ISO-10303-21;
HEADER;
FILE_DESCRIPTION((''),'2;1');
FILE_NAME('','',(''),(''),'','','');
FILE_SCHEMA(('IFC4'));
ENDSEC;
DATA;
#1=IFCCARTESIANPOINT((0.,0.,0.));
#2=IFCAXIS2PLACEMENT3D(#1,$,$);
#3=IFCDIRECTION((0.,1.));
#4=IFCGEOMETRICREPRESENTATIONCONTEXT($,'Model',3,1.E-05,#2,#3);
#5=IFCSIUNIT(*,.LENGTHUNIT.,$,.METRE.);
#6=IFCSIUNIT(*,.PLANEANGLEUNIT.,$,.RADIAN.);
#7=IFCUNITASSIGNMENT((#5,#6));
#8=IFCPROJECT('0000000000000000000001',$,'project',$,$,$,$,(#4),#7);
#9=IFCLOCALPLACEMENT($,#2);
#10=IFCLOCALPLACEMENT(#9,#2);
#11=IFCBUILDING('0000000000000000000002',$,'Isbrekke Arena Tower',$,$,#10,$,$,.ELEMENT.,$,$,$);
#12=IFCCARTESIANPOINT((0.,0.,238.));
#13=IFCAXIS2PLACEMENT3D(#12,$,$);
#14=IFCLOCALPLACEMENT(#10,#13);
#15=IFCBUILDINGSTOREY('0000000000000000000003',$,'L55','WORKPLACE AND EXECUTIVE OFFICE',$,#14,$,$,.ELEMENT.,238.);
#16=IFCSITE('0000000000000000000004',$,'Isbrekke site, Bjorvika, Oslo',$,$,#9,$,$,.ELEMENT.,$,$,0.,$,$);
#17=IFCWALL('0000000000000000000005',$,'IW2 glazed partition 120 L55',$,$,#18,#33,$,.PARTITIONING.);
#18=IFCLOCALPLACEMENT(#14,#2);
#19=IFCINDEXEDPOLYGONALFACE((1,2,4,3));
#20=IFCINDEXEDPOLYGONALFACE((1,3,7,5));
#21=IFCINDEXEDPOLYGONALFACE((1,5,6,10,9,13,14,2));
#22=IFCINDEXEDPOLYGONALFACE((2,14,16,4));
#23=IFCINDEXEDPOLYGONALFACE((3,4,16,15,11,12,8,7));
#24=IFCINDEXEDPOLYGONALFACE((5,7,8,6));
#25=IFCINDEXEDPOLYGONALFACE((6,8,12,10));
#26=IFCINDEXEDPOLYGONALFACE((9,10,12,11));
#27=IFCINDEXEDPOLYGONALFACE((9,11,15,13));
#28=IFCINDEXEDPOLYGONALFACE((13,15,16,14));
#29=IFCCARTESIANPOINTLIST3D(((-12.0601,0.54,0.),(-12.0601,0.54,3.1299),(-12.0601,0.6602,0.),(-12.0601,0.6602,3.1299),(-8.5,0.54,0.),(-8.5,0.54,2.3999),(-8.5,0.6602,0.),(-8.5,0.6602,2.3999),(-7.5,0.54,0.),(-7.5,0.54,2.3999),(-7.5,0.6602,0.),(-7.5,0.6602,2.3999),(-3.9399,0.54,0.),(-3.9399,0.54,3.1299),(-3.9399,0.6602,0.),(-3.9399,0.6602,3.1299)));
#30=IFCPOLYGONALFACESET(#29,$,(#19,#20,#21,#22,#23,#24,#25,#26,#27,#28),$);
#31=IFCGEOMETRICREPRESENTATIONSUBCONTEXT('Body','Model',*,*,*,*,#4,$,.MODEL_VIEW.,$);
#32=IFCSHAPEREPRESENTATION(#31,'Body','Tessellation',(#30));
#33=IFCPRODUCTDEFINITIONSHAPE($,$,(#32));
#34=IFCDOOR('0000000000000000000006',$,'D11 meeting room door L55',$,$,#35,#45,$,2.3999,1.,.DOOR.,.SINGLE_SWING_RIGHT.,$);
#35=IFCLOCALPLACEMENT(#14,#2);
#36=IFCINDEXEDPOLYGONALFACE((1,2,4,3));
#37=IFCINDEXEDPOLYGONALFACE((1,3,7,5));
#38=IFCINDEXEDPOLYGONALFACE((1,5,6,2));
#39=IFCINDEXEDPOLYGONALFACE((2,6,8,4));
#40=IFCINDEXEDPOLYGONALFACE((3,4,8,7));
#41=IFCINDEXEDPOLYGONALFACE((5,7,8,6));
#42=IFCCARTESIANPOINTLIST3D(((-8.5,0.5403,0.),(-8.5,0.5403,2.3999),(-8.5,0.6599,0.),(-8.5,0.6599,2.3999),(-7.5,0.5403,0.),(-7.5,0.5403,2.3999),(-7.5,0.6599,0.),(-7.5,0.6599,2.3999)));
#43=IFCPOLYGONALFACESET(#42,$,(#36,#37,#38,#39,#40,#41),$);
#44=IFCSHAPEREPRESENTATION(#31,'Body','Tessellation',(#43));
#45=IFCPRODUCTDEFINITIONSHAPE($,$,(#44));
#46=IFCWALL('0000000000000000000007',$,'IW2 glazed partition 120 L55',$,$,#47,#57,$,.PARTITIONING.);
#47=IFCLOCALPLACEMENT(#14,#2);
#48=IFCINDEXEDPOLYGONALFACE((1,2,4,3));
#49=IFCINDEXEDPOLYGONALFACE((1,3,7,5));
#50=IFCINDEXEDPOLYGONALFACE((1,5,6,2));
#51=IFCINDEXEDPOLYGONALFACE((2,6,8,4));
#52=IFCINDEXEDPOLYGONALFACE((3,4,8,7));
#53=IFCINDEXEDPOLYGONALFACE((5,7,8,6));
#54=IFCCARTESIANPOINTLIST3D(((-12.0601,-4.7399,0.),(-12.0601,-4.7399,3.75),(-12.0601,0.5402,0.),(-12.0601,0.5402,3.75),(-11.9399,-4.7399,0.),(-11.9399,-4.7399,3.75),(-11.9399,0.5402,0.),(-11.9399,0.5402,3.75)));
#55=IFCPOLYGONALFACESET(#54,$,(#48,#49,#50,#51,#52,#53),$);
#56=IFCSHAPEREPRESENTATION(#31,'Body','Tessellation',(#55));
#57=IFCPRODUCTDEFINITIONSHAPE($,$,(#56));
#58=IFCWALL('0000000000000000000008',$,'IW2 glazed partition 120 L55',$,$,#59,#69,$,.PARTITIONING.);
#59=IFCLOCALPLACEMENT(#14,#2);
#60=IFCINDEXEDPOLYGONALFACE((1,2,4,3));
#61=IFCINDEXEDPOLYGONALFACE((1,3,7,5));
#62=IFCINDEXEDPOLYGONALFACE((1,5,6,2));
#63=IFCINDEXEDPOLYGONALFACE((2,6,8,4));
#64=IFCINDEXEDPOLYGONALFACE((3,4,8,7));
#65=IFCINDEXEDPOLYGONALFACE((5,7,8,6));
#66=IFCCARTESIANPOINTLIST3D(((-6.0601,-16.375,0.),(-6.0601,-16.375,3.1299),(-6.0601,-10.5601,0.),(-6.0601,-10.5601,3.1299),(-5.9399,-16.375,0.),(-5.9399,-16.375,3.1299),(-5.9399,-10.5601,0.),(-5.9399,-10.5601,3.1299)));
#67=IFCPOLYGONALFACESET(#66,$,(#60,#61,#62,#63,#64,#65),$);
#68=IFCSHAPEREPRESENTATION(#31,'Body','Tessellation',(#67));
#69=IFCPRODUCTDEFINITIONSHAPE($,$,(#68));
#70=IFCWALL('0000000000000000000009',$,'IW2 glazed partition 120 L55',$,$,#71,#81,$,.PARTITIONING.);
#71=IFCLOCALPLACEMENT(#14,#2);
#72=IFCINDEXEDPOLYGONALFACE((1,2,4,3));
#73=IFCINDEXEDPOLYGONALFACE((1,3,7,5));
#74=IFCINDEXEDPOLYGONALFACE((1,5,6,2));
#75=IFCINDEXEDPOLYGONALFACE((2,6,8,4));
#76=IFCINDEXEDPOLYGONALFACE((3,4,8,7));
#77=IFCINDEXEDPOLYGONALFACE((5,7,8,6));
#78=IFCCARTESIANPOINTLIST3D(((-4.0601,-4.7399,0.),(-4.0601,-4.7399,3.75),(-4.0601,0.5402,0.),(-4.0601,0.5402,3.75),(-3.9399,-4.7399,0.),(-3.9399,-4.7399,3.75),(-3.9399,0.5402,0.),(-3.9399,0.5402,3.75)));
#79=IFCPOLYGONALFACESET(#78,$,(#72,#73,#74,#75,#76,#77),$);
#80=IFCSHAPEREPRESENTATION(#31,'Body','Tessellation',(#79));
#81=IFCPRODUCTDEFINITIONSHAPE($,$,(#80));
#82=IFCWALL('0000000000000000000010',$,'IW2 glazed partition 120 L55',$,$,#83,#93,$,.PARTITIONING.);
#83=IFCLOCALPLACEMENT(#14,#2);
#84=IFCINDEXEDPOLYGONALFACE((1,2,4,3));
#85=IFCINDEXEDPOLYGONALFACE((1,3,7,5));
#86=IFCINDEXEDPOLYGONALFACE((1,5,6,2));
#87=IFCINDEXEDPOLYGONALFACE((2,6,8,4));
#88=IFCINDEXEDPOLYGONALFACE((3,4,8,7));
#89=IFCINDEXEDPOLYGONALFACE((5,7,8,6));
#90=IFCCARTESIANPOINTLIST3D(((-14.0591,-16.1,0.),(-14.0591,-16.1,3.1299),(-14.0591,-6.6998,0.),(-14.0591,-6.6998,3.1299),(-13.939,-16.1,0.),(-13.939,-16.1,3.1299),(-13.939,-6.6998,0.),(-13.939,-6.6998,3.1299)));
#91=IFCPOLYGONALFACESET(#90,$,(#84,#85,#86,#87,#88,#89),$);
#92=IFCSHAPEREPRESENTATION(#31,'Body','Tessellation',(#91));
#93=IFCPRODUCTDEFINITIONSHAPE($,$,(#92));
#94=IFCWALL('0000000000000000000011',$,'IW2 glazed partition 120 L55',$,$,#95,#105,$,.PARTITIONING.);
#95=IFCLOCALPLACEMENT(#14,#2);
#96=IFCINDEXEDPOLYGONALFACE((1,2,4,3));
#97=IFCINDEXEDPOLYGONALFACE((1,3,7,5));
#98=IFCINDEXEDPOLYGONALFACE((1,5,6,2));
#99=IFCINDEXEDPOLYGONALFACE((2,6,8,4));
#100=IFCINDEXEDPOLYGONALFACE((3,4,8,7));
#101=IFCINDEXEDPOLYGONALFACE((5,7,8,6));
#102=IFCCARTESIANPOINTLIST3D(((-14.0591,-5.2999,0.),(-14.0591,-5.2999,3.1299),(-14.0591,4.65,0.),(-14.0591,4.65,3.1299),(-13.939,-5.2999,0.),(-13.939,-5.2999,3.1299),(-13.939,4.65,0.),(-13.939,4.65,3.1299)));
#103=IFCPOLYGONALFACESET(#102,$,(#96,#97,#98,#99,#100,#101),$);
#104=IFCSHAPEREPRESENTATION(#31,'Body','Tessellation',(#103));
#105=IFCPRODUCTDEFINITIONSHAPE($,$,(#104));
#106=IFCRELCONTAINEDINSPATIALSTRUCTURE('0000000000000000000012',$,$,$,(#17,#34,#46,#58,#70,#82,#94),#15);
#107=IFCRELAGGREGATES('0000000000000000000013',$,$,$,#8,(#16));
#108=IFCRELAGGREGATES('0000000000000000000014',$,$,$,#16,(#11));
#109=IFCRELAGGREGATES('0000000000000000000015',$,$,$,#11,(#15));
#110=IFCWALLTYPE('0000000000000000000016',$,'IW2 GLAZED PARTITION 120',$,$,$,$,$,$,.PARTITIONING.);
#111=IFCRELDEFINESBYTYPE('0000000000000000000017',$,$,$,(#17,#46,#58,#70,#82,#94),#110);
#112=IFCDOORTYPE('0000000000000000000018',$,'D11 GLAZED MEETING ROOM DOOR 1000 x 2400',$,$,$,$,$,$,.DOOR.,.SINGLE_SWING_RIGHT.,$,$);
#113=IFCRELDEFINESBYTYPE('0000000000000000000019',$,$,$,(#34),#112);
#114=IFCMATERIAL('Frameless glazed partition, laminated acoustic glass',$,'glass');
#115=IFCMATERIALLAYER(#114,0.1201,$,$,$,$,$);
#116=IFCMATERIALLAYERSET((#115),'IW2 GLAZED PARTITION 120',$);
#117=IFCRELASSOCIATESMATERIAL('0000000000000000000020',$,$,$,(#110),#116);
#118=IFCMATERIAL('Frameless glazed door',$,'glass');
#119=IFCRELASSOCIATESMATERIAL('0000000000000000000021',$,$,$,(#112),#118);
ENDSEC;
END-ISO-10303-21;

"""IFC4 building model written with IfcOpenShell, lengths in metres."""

from ifc_helpers import new_model, si_unit, direction, frame, frame_2d, origin, place, context, subcontext, project, spatial, rectangle, extrude, material, layer, layer_set, type_object, element, fill, save


model = new_model("IFC4")

# Units and contexts
model_context = context("Model", 3, precision=1e-05, world=origin(), true_north=direction((0.0, 1.0)))
body_context = subcontext(model_context, "Body", "Model", "MODEL_VIEW")
ifc_project = project(units=[si_unit("LENGTHUNIT", "METRE"), si_unit("PLANEANGLEUNIT", "RADIAN")], contexts=[model_context])

# Site, building, storey
site_placement = place(None, origin())
site = spatial("IfcSite", under=ifc_project, at=site_placement, Name="Isbrekke site, Bjorvika, Oslo", CompositionType="ELEMENT", RefElevation=0.0)
building_placement = place(site_placement, origin())
building = spatial("IfcBuilding", under=site, at=building_placement, Name="Isbrekke Arena Tower", CompositionType="ELEMENT")
storey_placement = place(building_placement, frame((0.0, 0.0, 238.0)))
storey = spatial("IfcBuildingStorey", under=building, at=storey_placement, Name="L55", Description="WORKPLACE AND EXECUTIVE OFFICE", CompositionType="ELEMENT", Elevation=238.0)

# Shared definitions
ifc_material_1 = material(Name="Frameless glazed partition, laminated acoustic glass", Category="glass")
ifc_layer_1 = layer(ifc_material_1, 0.1201)
ifc_layer_set_1 = layer_set([ifc_layer_1], Name="IW2 GLAZED PARTITION 120")
wall_type_1 = type_object("IfcWallType", Name="IW2 GLAZED PARTITION 120", PredefinedType="PARTITIONING", material=ifc_layer_set_1)

# Wall, opening, door
wall_1_placement = place(storey_placement, frame((-12.0601, 0.6001, 0.0), z_axis=(0.0, 0.0, 1.0), x_axis=(1.0, 0.0, 0.0)))
wall_1 = element("IfcWall", 1, at=wall_1_placement, inside=storey, type_object=wall_type_1, Name="IW2 glazed partition 120 L55", PredefinedType="PARTITIONING", context=body_context, shape_type="SweptSolid", body=[
    extrude(rectangle(XDim=8.1201, YDim=0.1201, at=frame_2d((4.0601, 0.0))), origin(), (0.0, 0.0, 1.0), 3.1299),
])
opening_1_placement = place(wall_1_placement, frame((3.5601, 0.0, 0.0)))
opening_1 = element("IfcOpeningElement", 2, at=opening_1_placement, cuts=wall_1, PredefinedType="OPENING", context=body_context, shape_type="SweptSolid", body=[
    extrude(rectangle(XDim=1.0, YDim=2.3999, at=frame_2d((0.5, 1.2))), frame((0.0, 0.075, 0.0), z_axis=(0.0, -1.0, 0.0), x_axis=(1.0, 0.0, 0.0)), (0.0, 0.0, 1.0), 0.1499),
])
ifc_material_2 = material(Name="Frameless glazed door", Category="glass")
door_type_1 = type_object("IfcDoorType", Name="D11 GLAZED MEETING ROOM DOOR 1000 x 2400", OperationType="SINGLE_SWING_RIGHT", PredefinedType="DOOR", material=ifc_material_2)
door_1_placement = place(opening_1_placement, origin())
door_1 = element("IfcDoor", 3, at=door_1_placement, inside=storey, type_object=door_type_1, Name="D11 meeting room door L55", OperationType="SINGLE_SWING_RIGHT", OverallHeight=2.3999, OverallWidth=1.0, PredefinedType="DOOR", context=body_context, shape_type="SweptSolid", body=[
    extrude(rectangle(XDim=1.0, YDim=2.3999, at=frame_2d((0.5, 1.2))), frame((0.0, 0.0598, 0.0), z_axis=(0.0, -1.0, 0.0), x_axis=(1.0, 0.0, 0.0)), (0.0, 0.0, 1.0), 0.1196),
])
fill(opening_1, door_1)

# Walls
wall_2_placement = place(storey_placement, frame((-12.0, -4.74, 0.0), z_axis=(0.0, 0.0, 1.0), x_axis=(0.0, 1.0, 0.0)))
element("IfcWall", 4, at=wall_2_placement, inside=storey, type_object=wall_type_1, Name="IW2 glazed partition 120 L55", PredefinedType="PARTITIONING", context=body_context, shape_type="SweptSolid", body=[
    extrude(rectangle(XDim=5.28, YDim=0.1201, at=frame_2d((2.6401, 0.0))), origin(), (0.0, 0.0, 1.0), 3.75),
])
wall_3_placement = place(storey_placement, frame((-6.0, -16.375, 0.0), z_axis=(0.0, 0.0, 1.0), x_axis=(0.0, 1.0, 0.0)))
element("IfcWall", 5, at=wall_3_placement, inside=storey, type_object=wall_type_1, Name="IW2 glazed partition 120 L55", PredefinedType="PARTITIONING", context=body_context, shape_type="SweptSolid", body=[
    extrude(rectangle(XDim=5.8149, YDim=0.1201, at=frame_2d((2.9075, 0.0))), origin(), (0.0, 0.0, 1.0), 3.1299),
])
wall_4_placement = place(storey_placement, frame((-4.0, -4.74, 0.0), z_axis=(0.0, 0.0, 1.0), x_axis=(0.0, 1.0, 0.0)))
element("IfcWall", 6, at=wall_4_placement, inside=storey, type_object=wall_type_1, Name="IW2 glazed partition 120 L55", PredefinedType="PARTITIONING", context=body_context, shape_type="SweptSolid", body=[
    extrude(rectangle(XDim=5.28, YDim=0.1201, at=frame_2d((2.6401, 0.0))), origin(), (0.0, 0.0, 1.0), 3.75),
])
wall_5_placement = place(storey_placement, frame((-13.999, -16.1001, 0.0), z_axis=(0.0, 0.0, 1.0), x_axis=(0.0, 1.0, 0.0)))
element("IfcWall", 7, at=wall_5_placement, inside=storey, type_object=wall_type_1, Name="IW2 glazed partition 120 L55", PredefinedType="PARTITIONING", context=body_context, shape_type="SweptSolid", body=[
    extrude(rectangle(XDim=9.4001, YDim=0.1201, at=frame_2d((4.7002, 0.0))), origin(), (0.0, 0.0, 1.0), 3.1299),
])
wall_6_placement = place(storey_placement, frame((-13.999, -5.3, 0.0), z_axis=(0.0, 0.0, 1.0), x_axis=(0.0, 1.0, 0.0)))
element("IfcWall", 8, at=wall_6_placement, inside=storey, type_object=wall_type_1, Name="IW2 glazed partition 120 L55", PredefinedType="PARTITIONING", context=body_context, shape_type="SweptSolid", body=[
    extrude(rectangle(XDim=9.95, YDim=0.1201, at=frame_2d((4.9751, 0.0))), origin(), (0.0, 0.0, 1.0), 3.1299),
])

save(model, "model.ifc")
